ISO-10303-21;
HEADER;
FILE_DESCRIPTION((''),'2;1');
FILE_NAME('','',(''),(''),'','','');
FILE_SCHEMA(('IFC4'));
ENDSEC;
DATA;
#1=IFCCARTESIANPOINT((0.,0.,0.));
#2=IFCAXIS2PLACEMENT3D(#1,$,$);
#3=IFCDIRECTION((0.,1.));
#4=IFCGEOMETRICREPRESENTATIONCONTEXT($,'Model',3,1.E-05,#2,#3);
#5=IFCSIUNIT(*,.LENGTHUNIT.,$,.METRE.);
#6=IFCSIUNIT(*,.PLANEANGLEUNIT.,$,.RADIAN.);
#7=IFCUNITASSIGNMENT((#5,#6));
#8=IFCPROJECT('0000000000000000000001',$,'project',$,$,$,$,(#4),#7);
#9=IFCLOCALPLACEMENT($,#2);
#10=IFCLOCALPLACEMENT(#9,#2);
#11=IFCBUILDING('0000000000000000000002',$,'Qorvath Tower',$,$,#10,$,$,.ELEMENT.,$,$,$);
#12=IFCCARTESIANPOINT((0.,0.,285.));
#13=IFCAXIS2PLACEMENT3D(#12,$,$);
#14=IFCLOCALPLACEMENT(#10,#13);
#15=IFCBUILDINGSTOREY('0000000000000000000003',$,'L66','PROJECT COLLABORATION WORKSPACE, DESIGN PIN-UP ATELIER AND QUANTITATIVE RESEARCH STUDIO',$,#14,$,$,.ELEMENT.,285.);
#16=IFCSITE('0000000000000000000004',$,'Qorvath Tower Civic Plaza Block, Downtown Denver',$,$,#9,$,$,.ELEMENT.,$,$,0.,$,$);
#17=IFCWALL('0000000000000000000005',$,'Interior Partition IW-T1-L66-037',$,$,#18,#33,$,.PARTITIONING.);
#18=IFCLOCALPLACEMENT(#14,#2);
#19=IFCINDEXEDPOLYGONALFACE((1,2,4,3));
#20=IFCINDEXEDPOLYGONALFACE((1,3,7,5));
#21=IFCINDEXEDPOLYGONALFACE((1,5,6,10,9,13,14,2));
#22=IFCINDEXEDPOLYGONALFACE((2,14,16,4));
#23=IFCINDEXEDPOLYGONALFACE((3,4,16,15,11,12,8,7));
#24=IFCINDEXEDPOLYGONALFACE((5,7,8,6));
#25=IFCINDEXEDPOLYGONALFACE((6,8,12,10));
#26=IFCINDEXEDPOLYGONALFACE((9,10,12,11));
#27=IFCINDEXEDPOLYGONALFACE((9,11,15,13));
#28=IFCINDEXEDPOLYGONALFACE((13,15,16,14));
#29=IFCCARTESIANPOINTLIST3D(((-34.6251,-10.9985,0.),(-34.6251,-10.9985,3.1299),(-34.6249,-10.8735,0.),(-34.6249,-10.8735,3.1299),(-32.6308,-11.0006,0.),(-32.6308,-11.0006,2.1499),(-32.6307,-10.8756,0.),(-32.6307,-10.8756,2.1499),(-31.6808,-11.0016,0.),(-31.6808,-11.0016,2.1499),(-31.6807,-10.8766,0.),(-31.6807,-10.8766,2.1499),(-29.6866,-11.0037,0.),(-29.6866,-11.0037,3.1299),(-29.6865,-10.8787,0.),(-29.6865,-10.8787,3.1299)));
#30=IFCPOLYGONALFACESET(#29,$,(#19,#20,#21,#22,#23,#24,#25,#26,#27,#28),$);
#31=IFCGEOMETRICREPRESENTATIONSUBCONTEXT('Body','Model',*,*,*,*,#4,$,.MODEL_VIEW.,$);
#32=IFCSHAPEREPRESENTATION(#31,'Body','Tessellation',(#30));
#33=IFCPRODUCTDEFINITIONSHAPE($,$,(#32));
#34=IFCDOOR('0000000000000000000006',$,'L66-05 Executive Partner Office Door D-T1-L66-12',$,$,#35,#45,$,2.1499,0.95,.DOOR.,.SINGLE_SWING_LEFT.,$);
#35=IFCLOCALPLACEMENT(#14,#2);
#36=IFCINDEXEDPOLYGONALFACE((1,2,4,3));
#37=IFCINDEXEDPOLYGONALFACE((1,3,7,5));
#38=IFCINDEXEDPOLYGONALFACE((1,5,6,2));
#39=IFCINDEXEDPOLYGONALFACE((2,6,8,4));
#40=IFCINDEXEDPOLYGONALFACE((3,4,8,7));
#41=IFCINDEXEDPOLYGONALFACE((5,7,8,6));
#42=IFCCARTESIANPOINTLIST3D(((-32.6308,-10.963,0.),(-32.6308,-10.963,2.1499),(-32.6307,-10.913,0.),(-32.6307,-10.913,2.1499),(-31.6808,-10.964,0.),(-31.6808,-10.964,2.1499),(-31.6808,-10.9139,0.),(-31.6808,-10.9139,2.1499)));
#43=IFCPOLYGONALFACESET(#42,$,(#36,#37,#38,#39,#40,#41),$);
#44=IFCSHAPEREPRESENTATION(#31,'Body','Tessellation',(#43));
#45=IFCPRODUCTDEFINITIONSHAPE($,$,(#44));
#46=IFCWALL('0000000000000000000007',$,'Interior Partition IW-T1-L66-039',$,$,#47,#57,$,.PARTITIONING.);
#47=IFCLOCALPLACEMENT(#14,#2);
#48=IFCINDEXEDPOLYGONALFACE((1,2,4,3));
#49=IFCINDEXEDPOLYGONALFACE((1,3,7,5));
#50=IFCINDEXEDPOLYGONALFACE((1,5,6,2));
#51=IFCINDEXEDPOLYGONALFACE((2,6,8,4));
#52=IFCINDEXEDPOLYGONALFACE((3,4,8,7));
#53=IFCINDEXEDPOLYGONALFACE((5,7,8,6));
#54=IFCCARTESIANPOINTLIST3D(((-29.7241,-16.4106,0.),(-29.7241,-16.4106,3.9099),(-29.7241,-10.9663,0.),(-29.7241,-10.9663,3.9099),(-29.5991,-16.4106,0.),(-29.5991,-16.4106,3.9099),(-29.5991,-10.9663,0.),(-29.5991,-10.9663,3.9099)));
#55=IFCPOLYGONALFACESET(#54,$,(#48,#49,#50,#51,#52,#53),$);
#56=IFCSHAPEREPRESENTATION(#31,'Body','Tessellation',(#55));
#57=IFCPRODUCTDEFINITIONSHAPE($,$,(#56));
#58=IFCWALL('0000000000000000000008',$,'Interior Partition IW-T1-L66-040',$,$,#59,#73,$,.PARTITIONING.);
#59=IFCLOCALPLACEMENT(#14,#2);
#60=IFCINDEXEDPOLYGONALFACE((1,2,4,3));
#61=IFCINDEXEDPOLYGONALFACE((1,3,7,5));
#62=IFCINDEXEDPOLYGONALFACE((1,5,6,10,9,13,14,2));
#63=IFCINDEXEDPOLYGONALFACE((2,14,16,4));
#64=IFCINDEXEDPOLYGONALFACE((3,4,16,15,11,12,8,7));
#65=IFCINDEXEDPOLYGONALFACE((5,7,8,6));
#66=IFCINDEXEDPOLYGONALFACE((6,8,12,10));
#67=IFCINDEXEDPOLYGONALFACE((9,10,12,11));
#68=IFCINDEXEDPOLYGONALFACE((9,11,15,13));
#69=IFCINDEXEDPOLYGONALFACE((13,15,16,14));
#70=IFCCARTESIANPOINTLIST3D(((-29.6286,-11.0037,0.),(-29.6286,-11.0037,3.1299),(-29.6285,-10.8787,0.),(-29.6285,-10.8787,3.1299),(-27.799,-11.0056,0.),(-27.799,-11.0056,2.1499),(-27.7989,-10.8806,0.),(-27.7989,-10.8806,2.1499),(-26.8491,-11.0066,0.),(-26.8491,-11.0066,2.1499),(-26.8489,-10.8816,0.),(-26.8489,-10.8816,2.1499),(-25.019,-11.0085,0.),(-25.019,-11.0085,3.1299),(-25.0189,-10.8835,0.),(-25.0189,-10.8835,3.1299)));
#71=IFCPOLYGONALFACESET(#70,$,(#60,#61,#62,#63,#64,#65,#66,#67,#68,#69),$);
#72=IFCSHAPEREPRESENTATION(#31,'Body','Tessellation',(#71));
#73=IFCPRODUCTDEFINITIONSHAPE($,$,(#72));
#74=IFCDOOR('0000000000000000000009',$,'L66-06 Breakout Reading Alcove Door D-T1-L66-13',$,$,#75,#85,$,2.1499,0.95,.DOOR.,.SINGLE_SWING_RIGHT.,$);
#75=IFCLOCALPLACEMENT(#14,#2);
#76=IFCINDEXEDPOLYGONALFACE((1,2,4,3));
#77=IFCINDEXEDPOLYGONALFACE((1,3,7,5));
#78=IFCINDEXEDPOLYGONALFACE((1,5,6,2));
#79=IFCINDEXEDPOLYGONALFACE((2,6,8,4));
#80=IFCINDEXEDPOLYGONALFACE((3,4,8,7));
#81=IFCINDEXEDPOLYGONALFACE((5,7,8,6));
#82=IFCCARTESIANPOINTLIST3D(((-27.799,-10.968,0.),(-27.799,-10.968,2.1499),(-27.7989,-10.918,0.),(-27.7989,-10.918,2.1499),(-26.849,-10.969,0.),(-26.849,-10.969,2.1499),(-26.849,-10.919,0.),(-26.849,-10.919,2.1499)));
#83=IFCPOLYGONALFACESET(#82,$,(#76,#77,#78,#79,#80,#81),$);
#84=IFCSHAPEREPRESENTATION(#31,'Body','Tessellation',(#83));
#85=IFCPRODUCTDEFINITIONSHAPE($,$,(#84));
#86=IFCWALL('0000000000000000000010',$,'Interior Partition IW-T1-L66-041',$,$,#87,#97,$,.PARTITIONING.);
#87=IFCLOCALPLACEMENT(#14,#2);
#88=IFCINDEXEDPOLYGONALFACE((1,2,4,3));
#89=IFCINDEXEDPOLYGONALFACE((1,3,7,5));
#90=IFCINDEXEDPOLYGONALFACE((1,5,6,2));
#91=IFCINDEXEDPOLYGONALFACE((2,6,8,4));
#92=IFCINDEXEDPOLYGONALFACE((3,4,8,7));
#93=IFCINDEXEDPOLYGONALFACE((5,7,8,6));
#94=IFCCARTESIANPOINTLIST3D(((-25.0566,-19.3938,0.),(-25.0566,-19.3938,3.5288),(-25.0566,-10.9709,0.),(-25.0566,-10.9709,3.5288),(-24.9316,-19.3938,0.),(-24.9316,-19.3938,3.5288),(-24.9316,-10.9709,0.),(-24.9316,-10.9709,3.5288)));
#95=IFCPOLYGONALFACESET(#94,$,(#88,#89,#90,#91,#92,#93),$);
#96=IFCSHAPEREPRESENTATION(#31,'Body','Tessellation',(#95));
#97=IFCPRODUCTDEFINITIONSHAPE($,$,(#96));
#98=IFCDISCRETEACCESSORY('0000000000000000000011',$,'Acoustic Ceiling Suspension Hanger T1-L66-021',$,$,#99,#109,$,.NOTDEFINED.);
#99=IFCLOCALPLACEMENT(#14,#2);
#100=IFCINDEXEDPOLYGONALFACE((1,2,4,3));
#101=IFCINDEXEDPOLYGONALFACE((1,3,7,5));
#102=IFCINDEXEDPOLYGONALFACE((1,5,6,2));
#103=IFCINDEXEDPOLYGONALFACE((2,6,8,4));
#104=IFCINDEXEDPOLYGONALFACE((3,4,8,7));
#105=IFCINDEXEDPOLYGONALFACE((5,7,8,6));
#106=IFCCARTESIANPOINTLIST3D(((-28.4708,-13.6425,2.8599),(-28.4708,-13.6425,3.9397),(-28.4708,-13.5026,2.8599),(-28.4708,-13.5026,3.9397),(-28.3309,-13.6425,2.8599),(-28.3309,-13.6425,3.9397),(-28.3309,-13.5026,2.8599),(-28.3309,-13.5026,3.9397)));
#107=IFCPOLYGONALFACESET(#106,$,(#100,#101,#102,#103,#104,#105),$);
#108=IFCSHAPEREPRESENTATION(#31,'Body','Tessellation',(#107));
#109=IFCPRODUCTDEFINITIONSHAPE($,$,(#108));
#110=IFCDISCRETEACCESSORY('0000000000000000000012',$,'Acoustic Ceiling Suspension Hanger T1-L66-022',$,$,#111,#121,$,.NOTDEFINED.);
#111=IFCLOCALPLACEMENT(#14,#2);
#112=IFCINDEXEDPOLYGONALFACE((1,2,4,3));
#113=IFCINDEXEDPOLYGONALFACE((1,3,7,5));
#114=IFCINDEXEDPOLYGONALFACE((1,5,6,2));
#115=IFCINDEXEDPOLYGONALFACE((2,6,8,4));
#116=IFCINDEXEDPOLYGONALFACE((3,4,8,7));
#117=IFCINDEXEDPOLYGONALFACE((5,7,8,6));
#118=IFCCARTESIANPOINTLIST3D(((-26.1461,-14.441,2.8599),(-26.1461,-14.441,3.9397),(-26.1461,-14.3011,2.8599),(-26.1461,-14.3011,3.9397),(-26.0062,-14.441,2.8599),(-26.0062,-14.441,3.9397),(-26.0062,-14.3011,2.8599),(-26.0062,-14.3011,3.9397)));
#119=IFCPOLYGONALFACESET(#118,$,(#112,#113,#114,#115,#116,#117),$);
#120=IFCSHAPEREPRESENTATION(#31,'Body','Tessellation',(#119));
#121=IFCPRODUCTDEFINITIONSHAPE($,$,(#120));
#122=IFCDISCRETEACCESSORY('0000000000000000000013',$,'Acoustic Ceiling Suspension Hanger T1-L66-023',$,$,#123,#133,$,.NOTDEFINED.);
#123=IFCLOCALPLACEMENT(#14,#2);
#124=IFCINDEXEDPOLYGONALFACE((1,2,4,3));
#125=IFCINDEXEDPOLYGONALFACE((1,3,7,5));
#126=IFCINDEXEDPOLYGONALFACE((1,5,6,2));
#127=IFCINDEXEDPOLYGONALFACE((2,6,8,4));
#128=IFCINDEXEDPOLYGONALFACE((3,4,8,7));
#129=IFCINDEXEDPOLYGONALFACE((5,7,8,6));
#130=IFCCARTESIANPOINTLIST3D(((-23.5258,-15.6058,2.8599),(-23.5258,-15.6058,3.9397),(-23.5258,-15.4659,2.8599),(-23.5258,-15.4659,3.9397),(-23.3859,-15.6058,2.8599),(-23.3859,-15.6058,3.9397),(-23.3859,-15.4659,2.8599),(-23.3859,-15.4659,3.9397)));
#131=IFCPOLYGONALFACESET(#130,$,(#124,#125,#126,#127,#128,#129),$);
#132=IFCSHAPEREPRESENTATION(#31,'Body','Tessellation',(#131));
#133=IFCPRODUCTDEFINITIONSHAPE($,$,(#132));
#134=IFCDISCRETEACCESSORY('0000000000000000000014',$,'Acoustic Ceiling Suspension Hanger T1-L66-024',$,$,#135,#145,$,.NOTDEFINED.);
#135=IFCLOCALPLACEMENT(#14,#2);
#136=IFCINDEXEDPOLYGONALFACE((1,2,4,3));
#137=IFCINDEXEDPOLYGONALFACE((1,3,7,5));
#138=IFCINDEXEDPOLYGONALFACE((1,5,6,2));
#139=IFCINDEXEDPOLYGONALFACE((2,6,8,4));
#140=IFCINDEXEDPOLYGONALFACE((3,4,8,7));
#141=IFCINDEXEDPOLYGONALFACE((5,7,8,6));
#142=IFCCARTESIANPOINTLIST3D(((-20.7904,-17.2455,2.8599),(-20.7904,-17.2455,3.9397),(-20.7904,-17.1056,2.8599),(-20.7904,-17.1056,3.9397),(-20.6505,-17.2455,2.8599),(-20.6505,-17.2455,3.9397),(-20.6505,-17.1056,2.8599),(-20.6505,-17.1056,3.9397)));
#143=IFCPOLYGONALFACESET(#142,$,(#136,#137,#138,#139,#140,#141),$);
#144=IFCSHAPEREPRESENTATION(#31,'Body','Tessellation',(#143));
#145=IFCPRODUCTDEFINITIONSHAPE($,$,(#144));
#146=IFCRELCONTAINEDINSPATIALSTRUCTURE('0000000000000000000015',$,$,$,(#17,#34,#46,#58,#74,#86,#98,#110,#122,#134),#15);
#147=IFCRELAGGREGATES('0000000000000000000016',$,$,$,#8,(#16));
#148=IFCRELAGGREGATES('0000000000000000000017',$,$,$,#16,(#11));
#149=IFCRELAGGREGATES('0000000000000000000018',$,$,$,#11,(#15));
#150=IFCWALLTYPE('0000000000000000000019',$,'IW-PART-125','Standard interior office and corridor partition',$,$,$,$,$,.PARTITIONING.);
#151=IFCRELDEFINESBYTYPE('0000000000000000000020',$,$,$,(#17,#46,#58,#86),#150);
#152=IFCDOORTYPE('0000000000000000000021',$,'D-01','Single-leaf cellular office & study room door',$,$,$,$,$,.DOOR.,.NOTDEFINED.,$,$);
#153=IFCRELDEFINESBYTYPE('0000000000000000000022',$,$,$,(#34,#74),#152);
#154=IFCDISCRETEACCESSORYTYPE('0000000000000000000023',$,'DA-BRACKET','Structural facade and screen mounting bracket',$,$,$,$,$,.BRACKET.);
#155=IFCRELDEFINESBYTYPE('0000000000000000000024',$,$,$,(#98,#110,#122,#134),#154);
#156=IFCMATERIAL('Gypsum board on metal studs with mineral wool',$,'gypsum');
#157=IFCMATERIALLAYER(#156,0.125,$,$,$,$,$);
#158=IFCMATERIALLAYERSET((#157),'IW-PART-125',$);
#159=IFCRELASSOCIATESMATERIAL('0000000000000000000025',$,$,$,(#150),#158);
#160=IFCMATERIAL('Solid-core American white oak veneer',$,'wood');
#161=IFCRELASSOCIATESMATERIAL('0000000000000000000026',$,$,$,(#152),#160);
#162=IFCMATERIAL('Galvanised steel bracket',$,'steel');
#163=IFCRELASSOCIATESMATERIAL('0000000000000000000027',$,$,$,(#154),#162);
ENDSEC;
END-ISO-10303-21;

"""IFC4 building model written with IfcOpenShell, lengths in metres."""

from ifc_helpers import new_model, si_unit, direction, frame, frame_2d, origin, origin_2d, place, context, subcontext, project, spatial, rectangle, extrude, material, layer, layer_set, type_object, element, fill, save


model = new_model("IFC4")

# Units and contexts
model_context = context("Model", 3, precision=1e-05, world=origin(), true_north=direction((0.0, 1.0)))
body_context = subcontext(model_context, "Body", "Model", "MODEL_VIEW")
ifc_project = project(units=[si_unit("LENGTHUNIT", "METRE"), si_unit("PLANEANGLEUNIT", "RADIAN")], contexts=[model_context])

# Site, building, storey
site_placement = place(None, origin())
site = spatial("IfcSite", under=ifc_project, at=site_placement, Name="Qorvath Tower Civic Plaza Block, Downtown Denver", CompositionType="ELEMENT", RefElevation=0.0)
building_placement = place(site_placement, origin())
building = spatial("IfcBuilding", under=site, at=building_placement, Name="Qorvath Tower", CompositionType="ELEMENT")
storey_placement = place(building_placement, frame((0.0, 0.0, 285.0)))
storey = spatial("IfcBuildingStorey", under=building, at=storey_placement, Name="L66", Description="PROJECT COLLABORATION WORKSPACE, DESIGN PIN-UP ATELIER AND QUANTITATIVE RESEARCH STUDIO", CompositionType="ELEMENT", Elevation=285.0)

# Wall, opening, door
ifc_material_1 = material(Name="Gypsum board on metal studs with mineral wool", Category="gypsum")
ifc_layer_1 = layer(ifc_material_1, 0.125)
ifc_layer_set_1 = layer_set([ifc_layer_1], Name="IW-PART-125")
wall_type_1 = type_object("IfcWallType", Name="IW-PART-125", Description="Standard interior office and corridor partition", PredefinedType="PARTITIONING", material=ifc_layer_set_1)
wall_1_placement = place(storey_placement, frame((-29.6865, -10.9412, 0.0), z_axis=(0.0, 0.0, 1.0), x_axis=(-0.999999, 0.001038, 0.0)))
wall_1 = element("IfcWall", 1, at=wall_1_placement, inside=storey, type_object=wall_type_1, Name="Interior Partition IW-T1-L66-037", PredefinedType="PARTITIONING", context=body_context, shape_type="SweptSolid", body=[
    extrude(rectangle(XDim=4.9385, YDim=0.125, at=frame_2d((2.4692, 0.0))), origin(), (0.0, 0.0, 1.0), 3.1299),
])
opening_1_placement = place(wall_1_placement, frame((1.9941, 0.0, 0.0)))
opening_1 = element("IfcOpeningElement", 2, at=opening_1_placement, cuts=wall_1, PredefinedType="OPENING", context=body_context, shape_type="SweptSolid", body=[
    extrude(rectangle(XDim=0.95, YDim=2.1499, at=frame_2d((0.4751, 1.075))), frame((0.0, 0.0725, 0.0), z_axis=(0.0, -1.0, 0.0), x_axis=(1.0, 0.0, 0.0)), (0.0, 0.0, 1.0), 0.145),
])
ifc_material_2 = material(Name="Solid-core American white oak veneer", Category="wood")
door_type_1 = type_object("IfcDoorType", Name="D-01", Description="Single-leaf cellular office & study room door", OperationType="NOTDEFINED", PredefinedType="DOOR", material=ifc_material_2)
door_1_placement = place(opening_1_placement, origin())
door_1 = element("IfcDoor", 3, at=door_1_placement, inside=storey, type_object=door_type_1, Name="L66-05 Executive Partner Office Door D-T1-L66-12", OperationType="SINGLE_SWING_LEFT", OverallHeight=2.1499, OverallWidth=0.95, PredefinedType="DOOR", context=body_context, shape_type="SweptSolid", body=[
    extrude(rectangle(XDim=0.95, YDim=2.1499, at=frame_2d((0.4751, 1.075))), frame((0.0, 0.0249, 0.0), z_axis=(0.0, -1.0, 0.0), x_axis=(1.0, 0.0, 0.0)), (0.0, 0.0, 1.0), 0.05),
])
fill(opening_1, door_1)

# Wall
wall_2_placement = place(storey_placement, frame((-29.6616, -16.4106, 0.0), z_axis=(0.0, 0.0, 1.0), x_axis=(0.0, 1.0, 0.0)))
element("IfcWall", 4, at=wall_2_placement, inside=storey, type_object=wall_type_1, Name="Interior Partition IW-T1-L66-039", PredefinedType="PARTITIONING", context=body_context, shape_type="SweptSolid", body=[
    extrude(rectangle(XDim=5.4443, YDim=0.125, at=frame_2d((2.7222, 0.0))), origin(), (0.0, 0.0, 1.0), 3.9099),
])

# Wall, opening, door
wall_3_placement = place(storey_placement, frame((-25.019, -10.946, 0.0), z_axis=(0.0, 0.0, 1.0), x_axis=(-0.999999, 0.001059, 0.0)))
wall_3 = element("IfcWall", 5, at=wall_3_placement, inside=storey, type_object=wall_type_1, Name="Interior Partition IW-T1-L66-040", PredefinedType="PARTITIONING", context=body_context, shape_type="SweptSolid", body=[
    extrude(rectangle(XDim=4.6096, YDim=0.125, at=frame_2d((2.3047, 0.0))), origin(), (0.0, 0.0, 1.0), 3.1299),
])
opening_2_placement = place(wall_3_placement, frame((1.8298, 0.0, 0.0)))
opening_2 = element("IfcOpeningElement", 6, at=opening_2_placement, cuts=wall_3, PredefinedType="OPENING", context=body_context, shape_type="SweptSolid", body=[
    extrude(rectangle(XDim=0.95, YDim=2.1499, at=frame_2d((0.4751, 1.075))), frame((0.0, 0.0725, 0.0), z_axis=(0.0, -1.0, 0.0), x_axis=(1.0, 0.0, 0.0)), (0.0, 0.0, 1.0), 0.145),
])
door_2_placement = place(opening_2_placement, origin())
door_2 = element("IfcDoor", 7, at=door_2_placement, inside=storey, type_object=door_type_1, Name="L66-06 Breakout Reading Alcove Door D-T1-L66-13", OperationType="SINGLE_SWING_RIGHT", OverallHeight=2.1499, OverallWidth=0.95, PredefinedType="DOOR", context=body_context, shape_type="SweptSolid", body=[
    extrude(rectangle(XDim=0.95, YDim=2.1499, at=frame_2d((0.4751, 1.075))), frame((0.0, 0.0249, 0.0), z_axis=(0.0, -1.0, 0.0), x_axis=(1.0, 0.0, 0.0)), (0.0, 0.0, 1.0), 0.05),
])
fill(opening_2, door_2)

# Wall
wall_4_placement = place(storey_placement, frame((-24.9941, -19.3938, 0.0), z_axis=(0.0, 0.0, 1.0), x_axis=(0.0, 1.0, 0.0)))
element("IfcWall", 8, at=wall_4_placement, inside=storey, type_object=wall_type_1, Name="Interior Partition IW-T1-L66-041", PredefinedType="PARTITIONING", context=body_context, shape_type="SweptSolid", body=[
    extrude(rectangle(XDim=8.4229, YDim=0.125, at=frame_2d((4.2114, 0.0))), origin(), (0.0, 0.0, 1.0), 3.5288),
])

# Discrete accessories
ifc_material_3 = material(Name="Galvanised steel bracket", Category="steel")
discrete_accessory_type = type_object("IfcDiscreteAccessoryType", Name="DA-BRACKET", Description="Structural facade and screen mounting bracket", PredefinedType="BRACKET", material=ifc_material_3)
for number, where, z_axis, x_axis, name in (
    (9, (-28.4009, -13.5725, 2.8599), (0.0, 0.0, 1.0), (1.0, 0.0, 0.0), "Acoustic Ceiling Suspension Hanger T1-L66-021"),
    (10, (-26.0762, -14.3711, 2.8599), (0.0, 0.0, 1.0), (1.0, 0.0, 0.0), "Acoustic Ceiling Suspension Hanger T1-L66-022"),
    (11, (-23.4558, -15.5359, 2.8599), (0.0, 0.0, 1.0), (1.0, 0.0, 0.0), "Acoustic Ceiling Suspension Hanger T1-L66-023"),
    (12, (-20.7205, -17.1755, 2.8599), (0.0, 0.0, 1.0), (1.0, 0.0, 0.0), "Acoustic Ceiling Suspension Hanger T1-L66-024"),
):
    element("IfcDiscreteAccessory", number, at=place(storey_placement, frame(where, z_axis=z_axis, x_axis=x_axis)), inside=storey, type_object=discrete_accessory_type, Name=name, PredefinedType="NOTDEFINED", context=body_context, shape_type="SweptSolid", body=[
        extrude(rectangle(XDim=0.1399, YDim=0.1399, at=origin_2d()), origin(), (0.0, 0.0, 1.0), 1.0798),
    ])

save(model, "model.ifc")
